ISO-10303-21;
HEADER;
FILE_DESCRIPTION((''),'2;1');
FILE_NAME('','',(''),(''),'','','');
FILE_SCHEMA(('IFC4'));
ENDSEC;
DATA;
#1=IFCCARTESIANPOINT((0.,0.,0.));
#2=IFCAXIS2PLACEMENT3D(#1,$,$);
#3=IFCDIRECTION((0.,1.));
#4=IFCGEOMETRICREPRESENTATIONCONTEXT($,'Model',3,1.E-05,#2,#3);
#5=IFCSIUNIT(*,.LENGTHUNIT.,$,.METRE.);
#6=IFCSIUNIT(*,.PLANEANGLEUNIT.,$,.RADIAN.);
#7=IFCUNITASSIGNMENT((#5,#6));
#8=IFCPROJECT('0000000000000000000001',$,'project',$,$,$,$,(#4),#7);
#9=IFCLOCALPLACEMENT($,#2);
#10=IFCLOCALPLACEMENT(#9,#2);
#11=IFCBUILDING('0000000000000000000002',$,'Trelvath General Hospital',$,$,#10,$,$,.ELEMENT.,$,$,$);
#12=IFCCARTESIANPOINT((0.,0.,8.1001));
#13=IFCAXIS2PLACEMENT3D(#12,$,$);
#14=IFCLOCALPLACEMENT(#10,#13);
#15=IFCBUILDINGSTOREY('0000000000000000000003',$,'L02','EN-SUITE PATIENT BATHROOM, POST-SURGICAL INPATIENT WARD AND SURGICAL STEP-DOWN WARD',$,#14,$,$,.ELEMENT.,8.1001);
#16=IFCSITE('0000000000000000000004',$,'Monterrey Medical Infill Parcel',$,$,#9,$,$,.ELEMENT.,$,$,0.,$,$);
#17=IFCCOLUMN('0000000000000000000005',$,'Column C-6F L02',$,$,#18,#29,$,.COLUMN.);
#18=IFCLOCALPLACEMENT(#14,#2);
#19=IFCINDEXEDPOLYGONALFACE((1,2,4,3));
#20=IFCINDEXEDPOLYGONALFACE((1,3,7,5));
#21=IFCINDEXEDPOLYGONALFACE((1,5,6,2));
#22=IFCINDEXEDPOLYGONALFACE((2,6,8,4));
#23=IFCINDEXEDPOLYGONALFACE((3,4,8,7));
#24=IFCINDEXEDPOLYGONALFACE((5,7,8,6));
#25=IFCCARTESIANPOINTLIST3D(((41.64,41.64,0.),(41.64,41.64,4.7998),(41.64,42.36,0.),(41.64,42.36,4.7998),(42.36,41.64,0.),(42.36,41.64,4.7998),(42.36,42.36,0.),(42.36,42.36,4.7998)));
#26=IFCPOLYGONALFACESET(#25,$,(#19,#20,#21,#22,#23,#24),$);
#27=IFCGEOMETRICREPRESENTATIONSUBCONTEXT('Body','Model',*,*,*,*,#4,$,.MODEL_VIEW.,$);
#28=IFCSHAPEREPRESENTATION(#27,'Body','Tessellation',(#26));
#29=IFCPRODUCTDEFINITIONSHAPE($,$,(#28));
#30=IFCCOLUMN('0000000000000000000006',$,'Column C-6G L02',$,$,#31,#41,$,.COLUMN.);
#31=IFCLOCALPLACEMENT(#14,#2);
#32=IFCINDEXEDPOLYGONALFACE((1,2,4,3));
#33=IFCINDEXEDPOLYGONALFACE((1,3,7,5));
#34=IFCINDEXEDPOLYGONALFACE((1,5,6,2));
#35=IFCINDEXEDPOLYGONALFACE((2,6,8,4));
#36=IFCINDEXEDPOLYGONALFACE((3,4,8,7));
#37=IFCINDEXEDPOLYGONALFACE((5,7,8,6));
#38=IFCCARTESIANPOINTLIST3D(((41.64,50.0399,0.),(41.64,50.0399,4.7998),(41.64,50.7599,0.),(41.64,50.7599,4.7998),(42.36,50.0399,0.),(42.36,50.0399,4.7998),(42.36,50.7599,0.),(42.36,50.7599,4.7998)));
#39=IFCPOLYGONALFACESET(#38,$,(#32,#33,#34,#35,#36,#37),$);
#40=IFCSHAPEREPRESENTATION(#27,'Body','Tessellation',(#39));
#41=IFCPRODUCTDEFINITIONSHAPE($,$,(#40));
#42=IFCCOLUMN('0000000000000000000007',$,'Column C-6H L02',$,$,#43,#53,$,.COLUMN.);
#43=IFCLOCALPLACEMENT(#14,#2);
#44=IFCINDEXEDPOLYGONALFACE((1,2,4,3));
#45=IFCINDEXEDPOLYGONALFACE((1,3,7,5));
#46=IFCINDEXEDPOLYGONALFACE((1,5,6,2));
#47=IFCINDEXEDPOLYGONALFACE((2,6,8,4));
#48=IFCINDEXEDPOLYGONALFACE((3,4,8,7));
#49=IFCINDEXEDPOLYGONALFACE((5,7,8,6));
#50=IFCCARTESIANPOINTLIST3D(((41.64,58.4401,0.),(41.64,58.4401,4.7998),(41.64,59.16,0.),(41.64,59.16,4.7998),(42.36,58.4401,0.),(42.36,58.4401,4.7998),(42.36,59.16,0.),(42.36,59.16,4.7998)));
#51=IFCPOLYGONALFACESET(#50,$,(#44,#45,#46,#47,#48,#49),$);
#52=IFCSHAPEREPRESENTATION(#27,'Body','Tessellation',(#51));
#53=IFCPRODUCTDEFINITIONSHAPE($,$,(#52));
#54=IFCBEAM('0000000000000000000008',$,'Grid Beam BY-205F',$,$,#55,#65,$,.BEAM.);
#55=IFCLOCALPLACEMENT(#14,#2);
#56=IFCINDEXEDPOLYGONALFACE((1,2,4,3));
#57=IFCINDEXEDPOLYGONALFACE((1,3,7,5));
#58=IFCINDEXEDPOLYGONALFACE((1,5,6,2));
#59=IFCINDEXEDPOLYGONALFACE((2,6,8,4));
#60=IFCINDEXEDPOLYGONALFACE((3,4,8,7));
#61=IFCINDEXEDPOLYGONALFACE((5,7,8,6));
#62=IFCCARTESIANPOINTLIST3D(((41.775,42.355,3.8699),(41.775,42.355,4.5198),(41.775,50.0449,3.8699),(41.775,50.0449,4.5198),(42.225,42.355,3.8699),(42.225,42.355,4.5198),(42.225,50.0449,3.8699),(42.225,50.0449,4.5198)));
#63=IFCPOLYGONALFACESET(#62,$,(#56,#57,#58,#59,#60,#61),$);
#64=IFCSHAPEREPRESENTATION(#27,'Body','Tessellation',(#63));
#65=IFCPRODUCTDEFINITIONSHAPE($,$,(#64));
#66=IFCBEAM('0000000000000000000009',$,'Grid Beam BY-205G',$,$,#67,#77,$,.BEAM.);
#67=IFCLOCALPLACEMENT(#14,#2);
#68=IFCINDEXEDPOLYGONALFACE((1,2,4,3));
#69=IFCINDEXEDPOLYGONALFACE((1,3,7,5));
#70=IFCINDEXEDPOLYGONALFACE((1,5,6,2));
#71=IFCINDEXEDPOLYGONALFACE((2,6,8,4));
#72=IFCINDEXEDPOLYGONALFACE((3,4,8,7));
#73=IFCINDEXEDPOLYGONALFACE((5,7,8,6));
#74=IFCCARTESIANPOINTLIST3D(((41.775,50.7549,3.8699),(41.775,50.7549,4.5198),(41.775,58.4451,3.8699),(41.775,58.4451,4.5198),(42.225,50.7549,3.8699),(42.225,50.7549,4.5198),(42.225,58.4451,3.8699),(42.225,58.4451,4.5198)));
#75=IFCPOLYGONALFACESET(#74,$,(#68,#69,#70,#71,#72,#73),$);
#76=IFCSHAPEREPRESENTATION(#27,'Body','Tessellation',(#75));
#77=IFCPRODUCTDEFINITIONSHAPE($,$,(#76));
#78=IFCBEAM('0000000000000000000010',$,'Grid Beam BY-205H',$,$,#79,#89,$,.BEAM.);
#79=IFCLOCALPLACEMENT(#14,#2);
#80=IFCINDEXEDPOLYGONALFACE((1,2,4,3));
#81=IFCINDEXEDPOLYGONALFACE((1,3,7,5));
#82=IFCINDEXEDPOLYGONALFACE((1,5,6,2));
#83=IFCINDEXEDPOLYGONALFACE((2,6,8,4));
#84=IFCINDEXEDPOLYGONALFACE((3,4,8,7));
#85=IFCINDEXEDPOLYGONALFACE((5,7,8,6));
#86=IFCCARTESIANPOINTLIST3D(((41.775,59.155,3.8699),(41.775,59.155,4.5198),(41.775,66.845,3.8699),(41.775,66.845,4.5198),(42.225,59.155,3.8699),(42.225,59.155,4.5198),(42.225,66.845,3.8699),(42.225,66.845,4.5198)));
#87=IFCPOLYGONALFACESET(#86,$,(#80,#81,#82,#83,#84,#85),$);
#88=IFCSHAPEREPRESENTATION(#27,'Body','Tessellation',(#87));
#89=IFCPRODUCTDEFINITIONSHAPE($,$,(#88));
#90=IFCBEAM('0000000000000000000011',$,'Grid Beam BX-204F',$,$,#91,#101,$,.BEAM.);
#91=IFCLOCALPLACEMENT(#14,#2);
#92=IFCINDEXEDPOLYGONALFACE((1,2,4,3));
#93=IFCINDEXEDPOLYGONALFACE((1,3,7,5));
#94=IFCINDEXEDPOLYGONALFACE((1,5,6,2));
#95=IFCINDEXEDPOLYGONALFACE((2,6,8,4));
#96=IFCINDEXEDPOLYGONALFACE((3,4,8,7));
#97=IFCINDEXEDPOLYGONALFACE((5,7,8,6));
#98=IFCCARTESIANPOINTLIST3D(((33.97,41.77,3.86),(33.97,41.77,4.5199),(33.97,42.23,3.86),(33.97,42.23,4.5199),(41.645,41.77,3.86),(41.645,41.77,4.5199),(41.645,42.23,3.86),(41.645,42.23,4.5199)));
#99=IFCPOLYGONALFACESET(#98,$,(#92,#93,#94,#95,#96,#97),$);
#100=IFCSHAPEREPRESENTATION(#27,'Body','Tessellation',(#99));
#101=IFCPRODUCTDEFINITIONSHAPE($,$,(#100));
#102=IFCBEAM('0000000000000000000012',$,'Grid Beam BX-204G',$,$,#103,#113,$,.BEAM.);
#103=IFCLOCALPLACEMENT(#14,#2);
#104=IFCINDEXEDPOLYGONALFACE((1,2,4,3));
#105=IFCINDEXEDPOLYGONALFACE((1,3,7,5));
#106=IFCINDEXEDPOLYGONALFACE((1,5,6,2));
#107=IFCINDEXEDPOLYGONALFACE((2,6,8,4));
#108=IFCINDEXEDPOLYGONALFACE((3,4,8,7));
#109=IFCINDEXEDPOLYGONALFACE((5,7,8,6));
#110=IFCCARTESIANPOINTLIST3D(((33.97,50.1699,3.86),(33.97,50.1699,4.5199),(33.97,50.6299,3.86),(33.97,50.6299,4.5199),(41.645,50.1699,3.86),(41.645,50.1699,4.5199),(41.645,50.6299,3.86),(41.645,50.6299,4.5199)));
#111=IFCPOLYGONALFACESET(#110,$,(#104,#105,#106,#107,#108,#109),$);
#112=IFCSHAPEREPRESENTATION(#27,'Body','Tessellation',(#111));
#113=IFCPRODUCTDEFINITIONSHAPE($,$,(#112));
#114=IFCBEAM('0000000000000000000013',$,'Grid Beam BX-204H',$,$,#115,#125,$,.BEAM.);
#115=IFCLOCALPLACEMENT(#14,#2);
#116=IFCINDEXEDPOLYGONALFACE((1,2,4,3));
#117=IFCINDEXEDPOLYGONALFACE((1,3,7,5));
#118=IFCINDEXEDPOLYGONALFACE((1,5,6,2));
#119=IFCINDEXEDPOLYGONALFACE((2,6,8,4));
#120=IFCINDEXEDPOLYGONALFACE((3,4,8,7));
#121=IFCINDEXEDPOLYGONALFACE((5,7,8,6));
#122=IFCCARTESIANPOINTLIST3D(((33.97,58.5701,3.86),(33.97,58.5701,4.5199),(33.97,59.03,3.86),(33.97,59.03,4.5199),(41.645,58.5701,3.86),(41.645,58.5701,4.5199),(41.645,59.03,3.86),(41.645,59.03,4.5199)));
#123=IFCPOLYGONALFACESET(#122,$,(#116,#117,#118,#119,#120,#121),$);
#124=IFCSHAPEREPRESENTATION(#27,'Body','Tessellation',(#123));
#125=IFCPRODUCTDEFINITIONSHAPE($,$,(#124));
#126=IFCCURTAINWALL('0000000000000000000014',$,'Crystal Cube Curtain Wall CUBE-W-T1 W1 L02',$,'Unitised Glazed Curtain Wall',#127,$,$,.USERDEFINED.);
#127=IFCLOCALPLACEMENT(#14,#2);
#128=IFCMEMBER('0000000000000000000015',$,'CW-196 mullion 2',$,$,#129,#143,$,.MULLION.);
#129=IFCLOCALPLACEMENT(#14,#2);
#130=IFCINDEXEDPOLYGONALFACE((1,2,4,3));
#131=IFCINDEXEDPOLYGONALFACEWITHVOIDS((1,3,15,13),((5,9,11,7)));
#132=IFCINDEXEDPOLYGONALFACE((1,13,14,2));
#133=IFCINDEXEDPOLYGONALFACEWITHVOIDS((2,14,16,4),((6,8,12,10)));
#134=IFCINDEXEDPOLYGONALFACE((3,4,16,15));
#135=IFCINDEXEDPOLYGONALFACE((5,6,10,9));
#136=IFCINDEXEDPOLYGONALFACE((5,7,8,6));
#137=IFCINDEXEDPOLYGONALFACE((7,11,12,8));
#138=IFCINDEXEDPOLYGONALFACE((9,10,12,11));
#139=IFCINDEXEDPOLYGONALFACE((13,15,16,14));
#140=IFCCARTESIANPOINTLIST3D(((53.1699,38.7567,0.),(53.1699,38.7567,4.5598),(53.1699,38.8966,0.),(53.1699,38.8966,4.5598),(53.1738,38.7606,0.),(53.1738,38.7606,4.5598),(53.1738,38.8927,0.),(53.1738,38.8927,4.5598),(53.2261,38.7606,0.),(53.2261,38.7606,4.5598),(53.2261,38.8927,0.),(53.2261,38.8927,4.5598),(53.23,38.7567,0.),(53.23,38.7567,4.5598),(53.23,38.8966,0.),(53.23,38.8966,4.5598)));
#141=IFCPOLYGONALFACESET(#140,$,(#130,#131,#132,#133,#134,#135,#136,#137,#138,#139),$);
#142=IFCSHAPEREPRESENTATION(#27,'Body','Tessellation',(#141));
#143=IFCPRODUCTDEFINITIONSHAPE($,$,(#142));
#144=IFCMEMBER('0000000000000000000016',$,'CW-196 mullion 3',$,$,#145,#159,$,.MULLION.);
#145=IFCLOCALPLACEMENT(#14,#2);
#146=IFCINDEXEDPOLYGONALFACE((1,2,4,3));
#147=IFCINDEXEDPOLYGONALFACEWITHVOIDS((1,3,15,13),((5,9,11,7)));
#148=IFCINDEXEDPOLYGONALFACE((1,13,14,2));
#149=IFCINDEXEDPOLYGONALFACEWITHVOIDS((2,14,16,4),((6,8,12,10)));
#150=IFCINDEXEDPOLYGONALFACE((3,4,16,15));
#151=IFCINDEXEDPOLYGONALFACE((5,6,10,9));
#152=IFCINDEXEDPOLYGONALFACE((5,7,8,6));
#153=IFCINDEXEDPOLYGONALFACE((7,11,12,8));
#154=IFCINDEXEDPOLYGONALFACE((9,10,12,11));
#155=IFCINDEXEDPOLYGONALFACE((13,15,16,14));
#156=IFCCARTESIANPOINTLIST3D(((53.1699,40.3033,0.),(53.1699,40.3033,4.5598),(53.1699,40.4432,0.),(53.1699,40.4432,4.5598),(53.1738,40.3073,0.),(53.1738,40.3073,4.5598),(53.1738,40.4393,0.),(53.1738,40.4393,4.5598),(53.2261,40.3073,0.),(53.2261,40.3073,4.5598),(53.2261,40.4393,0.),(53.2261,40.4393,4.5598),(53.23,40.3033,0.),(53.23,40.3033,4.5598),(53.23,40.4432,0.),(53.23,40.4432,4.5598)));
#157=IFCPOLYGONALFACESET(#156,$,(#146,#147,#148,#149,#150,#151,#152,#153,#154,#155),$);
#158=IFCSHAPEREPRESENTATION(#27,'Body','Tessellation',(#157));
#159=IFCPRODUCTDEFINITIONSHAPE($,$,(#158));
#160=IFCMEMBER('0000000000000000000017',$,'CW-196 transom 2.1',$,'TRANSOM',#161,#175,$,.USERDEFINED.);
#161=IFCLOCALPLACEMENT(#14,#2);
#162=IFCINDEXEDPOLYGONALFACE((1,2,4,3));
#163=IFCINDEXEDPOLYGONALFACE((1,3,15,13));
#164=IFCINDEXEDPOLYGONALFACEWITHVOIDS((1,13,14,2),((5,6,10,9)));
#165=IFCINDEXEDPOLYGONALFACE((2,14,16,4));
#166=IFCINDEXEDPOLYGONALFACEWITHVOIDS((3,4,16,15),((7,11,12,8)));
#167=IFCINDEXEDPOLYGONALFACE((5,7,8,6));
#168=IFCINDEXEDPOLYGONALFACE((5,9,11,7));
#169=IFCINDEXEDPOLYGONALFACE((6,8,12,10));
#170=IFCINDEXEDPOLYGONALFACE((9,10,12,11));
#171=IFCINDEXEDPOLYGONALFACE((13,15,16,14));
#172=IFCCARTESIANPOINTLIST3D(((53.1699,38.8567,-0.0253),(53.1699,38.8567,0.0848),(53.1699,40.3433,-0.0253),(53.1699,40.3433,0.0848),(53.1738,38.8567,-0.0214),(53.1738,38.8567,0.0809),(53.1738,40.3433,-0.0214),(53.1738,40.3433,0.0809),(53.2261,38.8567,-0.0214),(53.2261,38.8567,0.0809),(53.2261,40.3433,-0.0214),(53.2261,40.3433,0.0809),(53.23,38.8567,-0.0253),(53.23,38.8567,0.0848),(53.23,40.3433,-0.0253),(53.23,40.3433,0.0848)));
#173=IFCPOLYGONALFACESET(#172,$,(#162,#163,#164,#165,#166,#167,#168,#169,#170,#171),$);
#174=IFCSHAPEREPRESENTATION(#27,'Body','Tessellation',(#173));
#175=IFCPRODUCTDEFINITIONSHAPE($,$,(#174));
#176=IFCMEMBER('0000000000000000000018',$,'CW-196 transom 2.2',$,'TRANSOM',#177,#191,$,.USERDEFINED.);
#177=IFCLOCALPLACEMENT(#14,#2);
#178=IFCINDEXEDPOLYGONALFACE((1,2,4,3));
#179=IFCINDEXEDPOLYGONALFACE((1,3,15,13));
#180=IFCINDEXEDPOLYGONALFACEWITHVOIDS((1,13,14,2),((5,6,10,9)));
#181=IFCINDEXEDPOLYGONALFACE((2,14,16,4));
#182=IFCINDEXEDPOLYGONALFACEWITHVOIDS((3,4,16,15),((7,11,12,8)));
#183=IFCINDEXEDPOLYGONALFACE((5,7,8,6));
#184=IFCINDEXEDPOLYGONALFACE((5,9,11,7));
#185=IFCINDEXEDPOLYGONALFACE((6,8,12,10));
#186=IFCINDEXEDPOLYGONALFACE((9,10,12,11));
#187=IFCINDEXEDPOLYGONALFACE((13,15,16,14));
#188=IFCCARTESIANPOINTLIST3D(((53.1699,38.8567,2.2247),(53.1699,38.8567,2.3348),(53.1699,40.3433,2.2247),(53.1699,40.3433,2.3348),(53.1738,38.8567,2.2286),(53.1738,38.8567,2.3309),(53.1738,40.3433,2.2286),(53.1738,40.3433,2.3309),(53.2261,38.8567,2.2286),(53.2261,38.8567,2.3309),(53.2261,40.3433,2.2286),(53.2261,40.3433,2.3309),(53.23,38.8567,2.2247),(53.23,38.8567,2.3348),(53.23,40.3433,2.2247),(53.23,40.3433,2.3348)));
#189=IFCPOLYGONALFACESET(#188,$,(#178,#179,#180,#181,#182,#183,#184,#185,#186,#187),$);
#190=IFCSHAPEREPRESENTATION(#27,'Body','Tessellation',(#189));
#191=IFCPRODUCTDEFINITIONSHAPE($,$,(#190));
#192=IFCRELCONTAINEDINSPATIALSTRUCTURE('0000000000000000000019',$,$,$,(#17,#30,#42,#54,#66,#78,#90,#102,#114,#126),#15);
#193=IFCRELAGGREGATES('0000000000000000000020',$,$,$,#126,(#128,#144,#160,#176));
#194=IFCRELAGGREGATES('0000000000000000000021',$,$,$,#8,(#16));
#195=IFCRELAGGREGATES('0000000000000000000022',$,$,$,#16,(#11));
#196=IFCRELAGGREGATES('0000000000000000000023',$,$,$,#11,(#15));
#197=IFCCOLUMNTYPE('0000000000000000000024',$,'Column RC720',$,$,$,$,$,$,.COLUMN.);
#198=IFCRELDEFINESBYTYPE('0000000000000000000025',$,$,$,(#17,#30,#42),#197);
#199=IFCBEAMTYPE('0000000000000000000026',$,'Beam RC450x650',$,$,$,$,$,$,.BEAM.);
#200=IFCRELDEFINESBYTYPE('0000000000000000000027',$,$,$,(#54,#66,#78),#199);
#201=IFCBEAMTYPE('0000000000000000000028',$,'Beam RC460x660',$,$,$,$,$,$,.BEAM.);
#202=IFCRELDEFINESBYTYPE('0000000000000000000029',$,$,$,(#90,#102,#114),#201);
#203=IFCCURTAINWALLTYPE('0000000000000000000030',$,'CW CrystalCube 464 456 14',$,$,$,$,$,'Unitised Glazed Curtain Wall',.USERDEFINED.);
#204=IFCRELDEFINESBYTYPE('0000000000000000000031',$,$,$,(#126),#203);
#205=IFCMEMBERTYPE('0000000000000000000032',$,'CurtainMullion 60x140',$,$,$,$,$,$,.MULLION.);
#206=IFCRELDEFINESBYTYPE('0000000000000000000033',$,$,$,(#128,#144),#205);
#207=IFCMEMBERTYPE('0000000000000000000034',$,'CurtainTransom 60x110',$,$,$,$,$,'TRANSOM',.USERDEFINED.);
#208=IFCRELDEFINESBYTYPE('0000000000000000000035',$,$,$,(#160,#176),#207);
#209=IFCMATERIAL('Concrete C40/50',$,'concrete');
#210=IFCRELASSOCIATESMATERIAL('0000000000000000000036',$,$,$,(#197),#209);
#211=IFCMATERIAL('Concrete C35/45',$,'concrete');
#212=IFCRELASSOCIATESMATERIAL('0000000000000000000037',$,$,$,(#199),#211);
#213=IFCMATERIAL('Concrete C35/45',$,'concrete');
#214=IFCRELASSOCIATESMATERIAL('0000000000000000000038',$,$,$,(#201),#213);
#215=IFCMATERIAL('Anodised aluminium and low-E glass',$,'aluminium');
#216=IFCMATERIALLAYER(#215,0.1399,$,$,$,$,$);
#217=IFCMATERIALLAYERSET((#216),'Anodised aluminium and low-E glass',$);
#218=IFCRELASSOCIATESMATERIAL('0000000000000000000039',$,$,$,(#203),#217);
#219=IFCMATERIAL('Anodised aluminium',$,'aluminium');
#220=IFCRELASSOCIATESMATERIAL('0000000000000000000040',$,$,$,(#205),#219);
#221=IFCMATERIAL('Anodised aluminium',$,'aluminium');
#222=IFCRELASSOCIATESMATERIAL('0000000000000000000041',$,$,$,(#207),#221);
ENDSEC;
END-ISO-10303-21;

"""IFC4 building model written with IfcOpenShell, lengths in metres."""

from ifc_helpers import new_model, si_unit, direction, frame, origin, origin_2d, place, context, subcontext, project, spatial, rectangle, hollow_rectangle, extrude, material, layer, layer_set, material_profile, profile_set, type_object, element, aggregate, save


model = new_model("IFC4")

# Units and contexts
model_context = context("Model", 3, precision=1e-05, world=origin(), true_north=direction((0.0, 1.0)))
body_context = subcontext(model_context, "Body", "Model", "MODEL_VIEW")
ifc_project = project(units=[si_unit("LENGTHUNIT", "METRE"), si_unit("PLANEANGLEUNIT", "RADIAN")], contexts=[model_context])

# Site, building, storey
site_placement = place(None, origin())
site = spatial("IfcSite", under=ifc_project, at=site_placement, Name="Monterrey Medical Infill Parcel", CompositionType="ELEMENT", RefElevation=0.0)
building_placement = place(site_placement, origin())
building = spatial("IfcBuilding", under=site, at=building_placement, Name="Trelvath General Hospital", CompositionType="ELEMENT")
storey_placement = place(building_placement, frame((0.0, 0.0, 8.1001)))
storey = spatial("IfcBuildingStorey", under=building, at=storey_placement, Name="L02", Description="EN-SUITE PATIENT BATHROOM, POST-SURGICAL INPATIENT WARD AND SURGICAL STEP-DOWN WARD", CompositionType="ELEMENT", Elevation=8.1001)

# Columns
ifc_material_1 = material(Name="Concrete C40/50", Category="concrete")
ifc_material_profile_1 = material_profile(ifc_material_1, rectangle(XDim=0.72, YDim=0.72, at=origin_2d()), Name="RC720x720")
ifc_profile_set_1 = profile_set([ifc_material_profile_1], Name="Concrete C40/50")
column_type = type_object("IfcColumnType", Name="Column RC720", PredefinedType="COLUMN", material=ifc_profile_set_1)
for number, where, z_axis, x_axis, name in (
    (1, (42.0, 42.0, 0.0), (0.0, 0.0, 1.0), (1.0, 0.0, 0.0), "Column C-6F L02"),
    (2, (42.0, 50.3999, 0.0), (0.0, 0.0, 1.0), (1.0, 0.0, 0.0), "Column C-6G L02"),
    (3, (42.0, 58.8, 0.0), (0.0, 0.0, 1.0), (1.0, 0.0, 0.0), "Column C-6H L02"),
):
    element("IfcColumn", number, at=place(storey_placement, frame(where, z_axis=z_axis, x_axis=x_axis)), inside=storey, type_object=column_type, Name=name, PredefinedType="COLUMN", context=body_context, shape_type="SweptSolid", body=[
        extrude(rectangle(XDim=0.72, YDim=0.72, at=origin_2d()), origin(), (0.0, 0.0, 1.0), 4.7998),
    ])

# Beams
ifc_material_2 = material(Name="Concrete C35/45", Category="concrete")
ifc_material_profile_2 = material_profile(ifc_material_2, rectangle(XDim=0.45, YDim=0.6499, at=origin_2d()), Name="RCB450x650")
ifc_profile_set_2 = profile_set([ifc_material_profile_2], Name="Concrete C35/45")
beam_type_1 = type_object("IfcBeamType", Name="Beam RC450x650", PredefinedType="BEAM", material=ifc_profile_set_2)
beam_1_placement = place(storey_placement, frame((42.0, 42.355, 4.1948), z_axis=(0.0, 1.0, 0.0), x_axis=(-1.0, 0.0, 0.0)))
element("IfcBeam", 4, at=beam_1_placement, inside=storey, type_object=beam_type_1, Name="Grid Beam BY-205F", PredefinedType="BEAM", context=body_context, shape_type="SweptSolid", body=[
    extrude(rectangle(XDim=0.45, YDim=0.6499, at=origin_2d()), origin(), (0.0, 0.0, 1.0), 7.6899),
])
beam_2_placement = place(storey_placement, frame((42.0, 50.7549, 4.1948), z_axis=(0.0, 1.0, 0.0), x_axis=(-1.0, 0.0, 0.0)))
element("IfcBeam", 5, at=beam_2_placement, inside=storey, type_object=beam_type_1, Name="Grid Beam BY-205G", PredefinedType="BEAM", context=body_context, shape_type="SweptSolid", body=[
    extrude(rectangle(XDim=0.45, YDim=0.6499, at=origin_2d()), origin(), (0.0, 0.0, 1.0), 7.6902),
])
beam_3_placement = place(storey_placement, frame((42.0, 59.155, 4.1948), z_axis=(0.0, 1.0, 0.0), x_axis=(-1.0, 0.0, 0.0)))
element("IfcBeam", 6, at=beam_3_placement, inside=storey, type_object=beam_type_1, Name="Grid Beam BY-205H", PredefinedType="BEAM", context=body_context, shape_type="SweptSolid", body=[
    extrude(rectangle(XDim=0.45, YDim=0.6499, at=origin_2d()), origin(), (0.0, 0.0, 1.0), 7.6899),
])
ifc_material_3 = material(Name="Concrete C35/45", Category="concrete")
ifc_material_profile_3 = material_profile(ifc_material_3, rectangle(XDim=0.46, YDim=0.6599, at=origin_2d()), Name="RCB460x660")
ifc_profile_set_3 = profile_set([ifc_material_profile_3], Name="Concrete C35/45")
beam_type_2 = type_object("IfcBeamType", Name="Beam RC460x660", PredefinedType="BEAM", material=ifc_profile_set_3)
for number, where, z_axis, x_axis, name in (
    (7, (33.97, 42.0, 4.1899), (1.0, 0.0, 0.0), (0.0, 1.0, 0.0), "Grid Beam BX-204F"),
    (8, (33.97, 50.3999, 4.1899), (1.0, 0.0, 0.0), (0.0, 1.0, 0.0), "Grid Beam BX-204G"),
    (9, (33.97, 58.8, 4.1899), (1.0, 0.0, 0.0), (0.0, 1.0, 0.0), "Grid Beam BX-204H"),
):
    element("IfcBeam", number, at=place(storey_placement, frame(where, z_axis=z_axis, x_axis=x_axis)), inside=storey, type_object=beam_type_2, Name=name, PredefinedType="BEAM", context=body_context, shape_type="SweptSolid", body=[
        extrude(rectangle(XDim=0.46, YDim=0.6599, at=origin_2d()), origin(), (0.0, 0.0, 1.0), 7.675),
    ])

# Curtain wall, members
ifc_material_4 = material(Name="Anodised aluminium and low-E glass", Category="aluminium")
ifc_layer_1 = layer(ifc_material_4, 0.1399)
ifc_layer_set_1 = layer_set([ifc_layer_1], Name="Anodised aluminium and low-E glass")
curtain_wall_type = type_object("IfcCurtainWallType", Name="CW CrystalCube 464 456 14", ElementType="Unitised Glazed Curtain Wall", PredefinedType="USERDEFINED", material=ifc_layer_set_1)
curtain_wall_placement = place(storey_placement, origin())
curtain_wall = element("IfcCurtainWall", 10, at=curtain_wall_placement, inside=storey, type_object=curtain_wall_type, Name="Crystal Cube Curtain Wall CUBE-W-T1 W1 L02", ObjectType="Unitised Glazed Curtain Wall", PredefinedType="USERDEFINED")
ifc_material_5 = material(Name="Anodised aluminium", Category="aluminium")
ifc_material_profile_4 = material_profile(ifc_material_5, hollow_rectangle(XDim=0.0601, YDim=0.1399, WallThickness=0.0039, at=origin_2d()), Name="RHS60x140x4")
ifc_profile_set_4 = profile_set([ifc_material_profile_4], Name="Anodised aluminium")
member_type_1 = type_object("IfcMemberType", Name="CurtainMullion 60x140", PredefinedType="MULLION", material=ifc_profile_set_4)
member_1_placement = place(storey_placement, frame((53.2, 38.8267, 0.0), z_axis=(0.0, 0.0, 1.0), x_axis=(-1.0, 0.0, 0.0)))
member_1 = element("IfcMember", 11, at=member_1_placement, type_object=member_type_1, Name="CW-196 mullion 2", PredefinedType="MULLION", context=body_context, shape_type="SweptSolid", body=[
    extrude(hollow_rectangle(XDim=0.0601, YDim=0.1399, WallThickness=0.0039, at=origin_2d()), origin(), (0.0, 0.0, 1.0), 4.5598),
])
member_2_placement = place(storey_placement, frame((53.2, 40.3733, 0.0), z_axis=(0.0, 0.0, 1.0), x_axis=(-1.0, 0.0, 0.0)))
member_2 = element("IfcMember", 12, at=member_2_placement, type_object=member_type_1, Name="CW-196 mullion 3", PredefinedType="MULLION", context=body_context, shape_type="SweptSolid", body=[
    extrude(hollow_rectangle(XDim=0.0601, YDim=0.1399, WallThickness=0.0039, at=origin_2d()), origin(), (0.0, 0.0, 1.0), 4.5598),
])
ifc_material_6 = material(Name="Anodised aluminium", Category="aluminium")
ifc_material_profile_5 = material_profile(ifc_material_6, hollow_rectangle(XDim=0.0601, YDim=0.1101, WallThickness=0.0039, at=origin_2d()), Name="RHS60x110x4")
ifc_profile_set_5 = profile_set([ifc_material_profile_5], Name="Anodised aluminium")
member_type_2 = type_object("IfcMemberType", Name="CurtainTransom 60x110", ElementType="TRANSOM", PredefinedType="USERDEFINED", material=ifc_profile_set_5)
member_3_placement = place(storey_placement, frame((53.2, 38.8567, 0.0298), z_axis=(0.0, 1.0, 0.0), x_axis=(-1.0, 0.0, 0.0)))
member_3 = element("IfcMember", 13, at=member_3_placement, type_object=member_type_2, Name="CW-196 transom 2.1", ObjectType="TRANSOM", PredefinedType="USERDEFINED", context=body_context, shape_type="SweptSolid", body=[
    extrude(hollow_rectangle(XDim=0.0601, YDim=0.1101, WallThickness=0.0039, at=origin_2d()), origin(), (0.0, 0.0, 1.0), 1.4866),
])
member_4_placement = place(storey_placement, frame((53.2, 38.8567, 2.2798), z_axis=(0.0, 1.0, 0.0), x_axis=(-1.0, 0.0, 0.0)))
member_4 = element("IfcMember", 14, at=member_4_placement, type_object=member_type_2, Name="CW-196 transom 2.2", ObjectType="TRANSOM", PredefinedType="USERDEFINED", context=body_context, shape_type="SweptSolid", body=[
    extrude(hollow_rectangle(XDim=0.0601, YDim=0.1101, WallThickness=0.0039, at=origin_2d()), origin(), (0.0, 0.0, 1.0), 1.4866),
])

aggregate(curtain_wall, [member_1, member_2, member_3, member_4])

save(model, "model.ifc")
